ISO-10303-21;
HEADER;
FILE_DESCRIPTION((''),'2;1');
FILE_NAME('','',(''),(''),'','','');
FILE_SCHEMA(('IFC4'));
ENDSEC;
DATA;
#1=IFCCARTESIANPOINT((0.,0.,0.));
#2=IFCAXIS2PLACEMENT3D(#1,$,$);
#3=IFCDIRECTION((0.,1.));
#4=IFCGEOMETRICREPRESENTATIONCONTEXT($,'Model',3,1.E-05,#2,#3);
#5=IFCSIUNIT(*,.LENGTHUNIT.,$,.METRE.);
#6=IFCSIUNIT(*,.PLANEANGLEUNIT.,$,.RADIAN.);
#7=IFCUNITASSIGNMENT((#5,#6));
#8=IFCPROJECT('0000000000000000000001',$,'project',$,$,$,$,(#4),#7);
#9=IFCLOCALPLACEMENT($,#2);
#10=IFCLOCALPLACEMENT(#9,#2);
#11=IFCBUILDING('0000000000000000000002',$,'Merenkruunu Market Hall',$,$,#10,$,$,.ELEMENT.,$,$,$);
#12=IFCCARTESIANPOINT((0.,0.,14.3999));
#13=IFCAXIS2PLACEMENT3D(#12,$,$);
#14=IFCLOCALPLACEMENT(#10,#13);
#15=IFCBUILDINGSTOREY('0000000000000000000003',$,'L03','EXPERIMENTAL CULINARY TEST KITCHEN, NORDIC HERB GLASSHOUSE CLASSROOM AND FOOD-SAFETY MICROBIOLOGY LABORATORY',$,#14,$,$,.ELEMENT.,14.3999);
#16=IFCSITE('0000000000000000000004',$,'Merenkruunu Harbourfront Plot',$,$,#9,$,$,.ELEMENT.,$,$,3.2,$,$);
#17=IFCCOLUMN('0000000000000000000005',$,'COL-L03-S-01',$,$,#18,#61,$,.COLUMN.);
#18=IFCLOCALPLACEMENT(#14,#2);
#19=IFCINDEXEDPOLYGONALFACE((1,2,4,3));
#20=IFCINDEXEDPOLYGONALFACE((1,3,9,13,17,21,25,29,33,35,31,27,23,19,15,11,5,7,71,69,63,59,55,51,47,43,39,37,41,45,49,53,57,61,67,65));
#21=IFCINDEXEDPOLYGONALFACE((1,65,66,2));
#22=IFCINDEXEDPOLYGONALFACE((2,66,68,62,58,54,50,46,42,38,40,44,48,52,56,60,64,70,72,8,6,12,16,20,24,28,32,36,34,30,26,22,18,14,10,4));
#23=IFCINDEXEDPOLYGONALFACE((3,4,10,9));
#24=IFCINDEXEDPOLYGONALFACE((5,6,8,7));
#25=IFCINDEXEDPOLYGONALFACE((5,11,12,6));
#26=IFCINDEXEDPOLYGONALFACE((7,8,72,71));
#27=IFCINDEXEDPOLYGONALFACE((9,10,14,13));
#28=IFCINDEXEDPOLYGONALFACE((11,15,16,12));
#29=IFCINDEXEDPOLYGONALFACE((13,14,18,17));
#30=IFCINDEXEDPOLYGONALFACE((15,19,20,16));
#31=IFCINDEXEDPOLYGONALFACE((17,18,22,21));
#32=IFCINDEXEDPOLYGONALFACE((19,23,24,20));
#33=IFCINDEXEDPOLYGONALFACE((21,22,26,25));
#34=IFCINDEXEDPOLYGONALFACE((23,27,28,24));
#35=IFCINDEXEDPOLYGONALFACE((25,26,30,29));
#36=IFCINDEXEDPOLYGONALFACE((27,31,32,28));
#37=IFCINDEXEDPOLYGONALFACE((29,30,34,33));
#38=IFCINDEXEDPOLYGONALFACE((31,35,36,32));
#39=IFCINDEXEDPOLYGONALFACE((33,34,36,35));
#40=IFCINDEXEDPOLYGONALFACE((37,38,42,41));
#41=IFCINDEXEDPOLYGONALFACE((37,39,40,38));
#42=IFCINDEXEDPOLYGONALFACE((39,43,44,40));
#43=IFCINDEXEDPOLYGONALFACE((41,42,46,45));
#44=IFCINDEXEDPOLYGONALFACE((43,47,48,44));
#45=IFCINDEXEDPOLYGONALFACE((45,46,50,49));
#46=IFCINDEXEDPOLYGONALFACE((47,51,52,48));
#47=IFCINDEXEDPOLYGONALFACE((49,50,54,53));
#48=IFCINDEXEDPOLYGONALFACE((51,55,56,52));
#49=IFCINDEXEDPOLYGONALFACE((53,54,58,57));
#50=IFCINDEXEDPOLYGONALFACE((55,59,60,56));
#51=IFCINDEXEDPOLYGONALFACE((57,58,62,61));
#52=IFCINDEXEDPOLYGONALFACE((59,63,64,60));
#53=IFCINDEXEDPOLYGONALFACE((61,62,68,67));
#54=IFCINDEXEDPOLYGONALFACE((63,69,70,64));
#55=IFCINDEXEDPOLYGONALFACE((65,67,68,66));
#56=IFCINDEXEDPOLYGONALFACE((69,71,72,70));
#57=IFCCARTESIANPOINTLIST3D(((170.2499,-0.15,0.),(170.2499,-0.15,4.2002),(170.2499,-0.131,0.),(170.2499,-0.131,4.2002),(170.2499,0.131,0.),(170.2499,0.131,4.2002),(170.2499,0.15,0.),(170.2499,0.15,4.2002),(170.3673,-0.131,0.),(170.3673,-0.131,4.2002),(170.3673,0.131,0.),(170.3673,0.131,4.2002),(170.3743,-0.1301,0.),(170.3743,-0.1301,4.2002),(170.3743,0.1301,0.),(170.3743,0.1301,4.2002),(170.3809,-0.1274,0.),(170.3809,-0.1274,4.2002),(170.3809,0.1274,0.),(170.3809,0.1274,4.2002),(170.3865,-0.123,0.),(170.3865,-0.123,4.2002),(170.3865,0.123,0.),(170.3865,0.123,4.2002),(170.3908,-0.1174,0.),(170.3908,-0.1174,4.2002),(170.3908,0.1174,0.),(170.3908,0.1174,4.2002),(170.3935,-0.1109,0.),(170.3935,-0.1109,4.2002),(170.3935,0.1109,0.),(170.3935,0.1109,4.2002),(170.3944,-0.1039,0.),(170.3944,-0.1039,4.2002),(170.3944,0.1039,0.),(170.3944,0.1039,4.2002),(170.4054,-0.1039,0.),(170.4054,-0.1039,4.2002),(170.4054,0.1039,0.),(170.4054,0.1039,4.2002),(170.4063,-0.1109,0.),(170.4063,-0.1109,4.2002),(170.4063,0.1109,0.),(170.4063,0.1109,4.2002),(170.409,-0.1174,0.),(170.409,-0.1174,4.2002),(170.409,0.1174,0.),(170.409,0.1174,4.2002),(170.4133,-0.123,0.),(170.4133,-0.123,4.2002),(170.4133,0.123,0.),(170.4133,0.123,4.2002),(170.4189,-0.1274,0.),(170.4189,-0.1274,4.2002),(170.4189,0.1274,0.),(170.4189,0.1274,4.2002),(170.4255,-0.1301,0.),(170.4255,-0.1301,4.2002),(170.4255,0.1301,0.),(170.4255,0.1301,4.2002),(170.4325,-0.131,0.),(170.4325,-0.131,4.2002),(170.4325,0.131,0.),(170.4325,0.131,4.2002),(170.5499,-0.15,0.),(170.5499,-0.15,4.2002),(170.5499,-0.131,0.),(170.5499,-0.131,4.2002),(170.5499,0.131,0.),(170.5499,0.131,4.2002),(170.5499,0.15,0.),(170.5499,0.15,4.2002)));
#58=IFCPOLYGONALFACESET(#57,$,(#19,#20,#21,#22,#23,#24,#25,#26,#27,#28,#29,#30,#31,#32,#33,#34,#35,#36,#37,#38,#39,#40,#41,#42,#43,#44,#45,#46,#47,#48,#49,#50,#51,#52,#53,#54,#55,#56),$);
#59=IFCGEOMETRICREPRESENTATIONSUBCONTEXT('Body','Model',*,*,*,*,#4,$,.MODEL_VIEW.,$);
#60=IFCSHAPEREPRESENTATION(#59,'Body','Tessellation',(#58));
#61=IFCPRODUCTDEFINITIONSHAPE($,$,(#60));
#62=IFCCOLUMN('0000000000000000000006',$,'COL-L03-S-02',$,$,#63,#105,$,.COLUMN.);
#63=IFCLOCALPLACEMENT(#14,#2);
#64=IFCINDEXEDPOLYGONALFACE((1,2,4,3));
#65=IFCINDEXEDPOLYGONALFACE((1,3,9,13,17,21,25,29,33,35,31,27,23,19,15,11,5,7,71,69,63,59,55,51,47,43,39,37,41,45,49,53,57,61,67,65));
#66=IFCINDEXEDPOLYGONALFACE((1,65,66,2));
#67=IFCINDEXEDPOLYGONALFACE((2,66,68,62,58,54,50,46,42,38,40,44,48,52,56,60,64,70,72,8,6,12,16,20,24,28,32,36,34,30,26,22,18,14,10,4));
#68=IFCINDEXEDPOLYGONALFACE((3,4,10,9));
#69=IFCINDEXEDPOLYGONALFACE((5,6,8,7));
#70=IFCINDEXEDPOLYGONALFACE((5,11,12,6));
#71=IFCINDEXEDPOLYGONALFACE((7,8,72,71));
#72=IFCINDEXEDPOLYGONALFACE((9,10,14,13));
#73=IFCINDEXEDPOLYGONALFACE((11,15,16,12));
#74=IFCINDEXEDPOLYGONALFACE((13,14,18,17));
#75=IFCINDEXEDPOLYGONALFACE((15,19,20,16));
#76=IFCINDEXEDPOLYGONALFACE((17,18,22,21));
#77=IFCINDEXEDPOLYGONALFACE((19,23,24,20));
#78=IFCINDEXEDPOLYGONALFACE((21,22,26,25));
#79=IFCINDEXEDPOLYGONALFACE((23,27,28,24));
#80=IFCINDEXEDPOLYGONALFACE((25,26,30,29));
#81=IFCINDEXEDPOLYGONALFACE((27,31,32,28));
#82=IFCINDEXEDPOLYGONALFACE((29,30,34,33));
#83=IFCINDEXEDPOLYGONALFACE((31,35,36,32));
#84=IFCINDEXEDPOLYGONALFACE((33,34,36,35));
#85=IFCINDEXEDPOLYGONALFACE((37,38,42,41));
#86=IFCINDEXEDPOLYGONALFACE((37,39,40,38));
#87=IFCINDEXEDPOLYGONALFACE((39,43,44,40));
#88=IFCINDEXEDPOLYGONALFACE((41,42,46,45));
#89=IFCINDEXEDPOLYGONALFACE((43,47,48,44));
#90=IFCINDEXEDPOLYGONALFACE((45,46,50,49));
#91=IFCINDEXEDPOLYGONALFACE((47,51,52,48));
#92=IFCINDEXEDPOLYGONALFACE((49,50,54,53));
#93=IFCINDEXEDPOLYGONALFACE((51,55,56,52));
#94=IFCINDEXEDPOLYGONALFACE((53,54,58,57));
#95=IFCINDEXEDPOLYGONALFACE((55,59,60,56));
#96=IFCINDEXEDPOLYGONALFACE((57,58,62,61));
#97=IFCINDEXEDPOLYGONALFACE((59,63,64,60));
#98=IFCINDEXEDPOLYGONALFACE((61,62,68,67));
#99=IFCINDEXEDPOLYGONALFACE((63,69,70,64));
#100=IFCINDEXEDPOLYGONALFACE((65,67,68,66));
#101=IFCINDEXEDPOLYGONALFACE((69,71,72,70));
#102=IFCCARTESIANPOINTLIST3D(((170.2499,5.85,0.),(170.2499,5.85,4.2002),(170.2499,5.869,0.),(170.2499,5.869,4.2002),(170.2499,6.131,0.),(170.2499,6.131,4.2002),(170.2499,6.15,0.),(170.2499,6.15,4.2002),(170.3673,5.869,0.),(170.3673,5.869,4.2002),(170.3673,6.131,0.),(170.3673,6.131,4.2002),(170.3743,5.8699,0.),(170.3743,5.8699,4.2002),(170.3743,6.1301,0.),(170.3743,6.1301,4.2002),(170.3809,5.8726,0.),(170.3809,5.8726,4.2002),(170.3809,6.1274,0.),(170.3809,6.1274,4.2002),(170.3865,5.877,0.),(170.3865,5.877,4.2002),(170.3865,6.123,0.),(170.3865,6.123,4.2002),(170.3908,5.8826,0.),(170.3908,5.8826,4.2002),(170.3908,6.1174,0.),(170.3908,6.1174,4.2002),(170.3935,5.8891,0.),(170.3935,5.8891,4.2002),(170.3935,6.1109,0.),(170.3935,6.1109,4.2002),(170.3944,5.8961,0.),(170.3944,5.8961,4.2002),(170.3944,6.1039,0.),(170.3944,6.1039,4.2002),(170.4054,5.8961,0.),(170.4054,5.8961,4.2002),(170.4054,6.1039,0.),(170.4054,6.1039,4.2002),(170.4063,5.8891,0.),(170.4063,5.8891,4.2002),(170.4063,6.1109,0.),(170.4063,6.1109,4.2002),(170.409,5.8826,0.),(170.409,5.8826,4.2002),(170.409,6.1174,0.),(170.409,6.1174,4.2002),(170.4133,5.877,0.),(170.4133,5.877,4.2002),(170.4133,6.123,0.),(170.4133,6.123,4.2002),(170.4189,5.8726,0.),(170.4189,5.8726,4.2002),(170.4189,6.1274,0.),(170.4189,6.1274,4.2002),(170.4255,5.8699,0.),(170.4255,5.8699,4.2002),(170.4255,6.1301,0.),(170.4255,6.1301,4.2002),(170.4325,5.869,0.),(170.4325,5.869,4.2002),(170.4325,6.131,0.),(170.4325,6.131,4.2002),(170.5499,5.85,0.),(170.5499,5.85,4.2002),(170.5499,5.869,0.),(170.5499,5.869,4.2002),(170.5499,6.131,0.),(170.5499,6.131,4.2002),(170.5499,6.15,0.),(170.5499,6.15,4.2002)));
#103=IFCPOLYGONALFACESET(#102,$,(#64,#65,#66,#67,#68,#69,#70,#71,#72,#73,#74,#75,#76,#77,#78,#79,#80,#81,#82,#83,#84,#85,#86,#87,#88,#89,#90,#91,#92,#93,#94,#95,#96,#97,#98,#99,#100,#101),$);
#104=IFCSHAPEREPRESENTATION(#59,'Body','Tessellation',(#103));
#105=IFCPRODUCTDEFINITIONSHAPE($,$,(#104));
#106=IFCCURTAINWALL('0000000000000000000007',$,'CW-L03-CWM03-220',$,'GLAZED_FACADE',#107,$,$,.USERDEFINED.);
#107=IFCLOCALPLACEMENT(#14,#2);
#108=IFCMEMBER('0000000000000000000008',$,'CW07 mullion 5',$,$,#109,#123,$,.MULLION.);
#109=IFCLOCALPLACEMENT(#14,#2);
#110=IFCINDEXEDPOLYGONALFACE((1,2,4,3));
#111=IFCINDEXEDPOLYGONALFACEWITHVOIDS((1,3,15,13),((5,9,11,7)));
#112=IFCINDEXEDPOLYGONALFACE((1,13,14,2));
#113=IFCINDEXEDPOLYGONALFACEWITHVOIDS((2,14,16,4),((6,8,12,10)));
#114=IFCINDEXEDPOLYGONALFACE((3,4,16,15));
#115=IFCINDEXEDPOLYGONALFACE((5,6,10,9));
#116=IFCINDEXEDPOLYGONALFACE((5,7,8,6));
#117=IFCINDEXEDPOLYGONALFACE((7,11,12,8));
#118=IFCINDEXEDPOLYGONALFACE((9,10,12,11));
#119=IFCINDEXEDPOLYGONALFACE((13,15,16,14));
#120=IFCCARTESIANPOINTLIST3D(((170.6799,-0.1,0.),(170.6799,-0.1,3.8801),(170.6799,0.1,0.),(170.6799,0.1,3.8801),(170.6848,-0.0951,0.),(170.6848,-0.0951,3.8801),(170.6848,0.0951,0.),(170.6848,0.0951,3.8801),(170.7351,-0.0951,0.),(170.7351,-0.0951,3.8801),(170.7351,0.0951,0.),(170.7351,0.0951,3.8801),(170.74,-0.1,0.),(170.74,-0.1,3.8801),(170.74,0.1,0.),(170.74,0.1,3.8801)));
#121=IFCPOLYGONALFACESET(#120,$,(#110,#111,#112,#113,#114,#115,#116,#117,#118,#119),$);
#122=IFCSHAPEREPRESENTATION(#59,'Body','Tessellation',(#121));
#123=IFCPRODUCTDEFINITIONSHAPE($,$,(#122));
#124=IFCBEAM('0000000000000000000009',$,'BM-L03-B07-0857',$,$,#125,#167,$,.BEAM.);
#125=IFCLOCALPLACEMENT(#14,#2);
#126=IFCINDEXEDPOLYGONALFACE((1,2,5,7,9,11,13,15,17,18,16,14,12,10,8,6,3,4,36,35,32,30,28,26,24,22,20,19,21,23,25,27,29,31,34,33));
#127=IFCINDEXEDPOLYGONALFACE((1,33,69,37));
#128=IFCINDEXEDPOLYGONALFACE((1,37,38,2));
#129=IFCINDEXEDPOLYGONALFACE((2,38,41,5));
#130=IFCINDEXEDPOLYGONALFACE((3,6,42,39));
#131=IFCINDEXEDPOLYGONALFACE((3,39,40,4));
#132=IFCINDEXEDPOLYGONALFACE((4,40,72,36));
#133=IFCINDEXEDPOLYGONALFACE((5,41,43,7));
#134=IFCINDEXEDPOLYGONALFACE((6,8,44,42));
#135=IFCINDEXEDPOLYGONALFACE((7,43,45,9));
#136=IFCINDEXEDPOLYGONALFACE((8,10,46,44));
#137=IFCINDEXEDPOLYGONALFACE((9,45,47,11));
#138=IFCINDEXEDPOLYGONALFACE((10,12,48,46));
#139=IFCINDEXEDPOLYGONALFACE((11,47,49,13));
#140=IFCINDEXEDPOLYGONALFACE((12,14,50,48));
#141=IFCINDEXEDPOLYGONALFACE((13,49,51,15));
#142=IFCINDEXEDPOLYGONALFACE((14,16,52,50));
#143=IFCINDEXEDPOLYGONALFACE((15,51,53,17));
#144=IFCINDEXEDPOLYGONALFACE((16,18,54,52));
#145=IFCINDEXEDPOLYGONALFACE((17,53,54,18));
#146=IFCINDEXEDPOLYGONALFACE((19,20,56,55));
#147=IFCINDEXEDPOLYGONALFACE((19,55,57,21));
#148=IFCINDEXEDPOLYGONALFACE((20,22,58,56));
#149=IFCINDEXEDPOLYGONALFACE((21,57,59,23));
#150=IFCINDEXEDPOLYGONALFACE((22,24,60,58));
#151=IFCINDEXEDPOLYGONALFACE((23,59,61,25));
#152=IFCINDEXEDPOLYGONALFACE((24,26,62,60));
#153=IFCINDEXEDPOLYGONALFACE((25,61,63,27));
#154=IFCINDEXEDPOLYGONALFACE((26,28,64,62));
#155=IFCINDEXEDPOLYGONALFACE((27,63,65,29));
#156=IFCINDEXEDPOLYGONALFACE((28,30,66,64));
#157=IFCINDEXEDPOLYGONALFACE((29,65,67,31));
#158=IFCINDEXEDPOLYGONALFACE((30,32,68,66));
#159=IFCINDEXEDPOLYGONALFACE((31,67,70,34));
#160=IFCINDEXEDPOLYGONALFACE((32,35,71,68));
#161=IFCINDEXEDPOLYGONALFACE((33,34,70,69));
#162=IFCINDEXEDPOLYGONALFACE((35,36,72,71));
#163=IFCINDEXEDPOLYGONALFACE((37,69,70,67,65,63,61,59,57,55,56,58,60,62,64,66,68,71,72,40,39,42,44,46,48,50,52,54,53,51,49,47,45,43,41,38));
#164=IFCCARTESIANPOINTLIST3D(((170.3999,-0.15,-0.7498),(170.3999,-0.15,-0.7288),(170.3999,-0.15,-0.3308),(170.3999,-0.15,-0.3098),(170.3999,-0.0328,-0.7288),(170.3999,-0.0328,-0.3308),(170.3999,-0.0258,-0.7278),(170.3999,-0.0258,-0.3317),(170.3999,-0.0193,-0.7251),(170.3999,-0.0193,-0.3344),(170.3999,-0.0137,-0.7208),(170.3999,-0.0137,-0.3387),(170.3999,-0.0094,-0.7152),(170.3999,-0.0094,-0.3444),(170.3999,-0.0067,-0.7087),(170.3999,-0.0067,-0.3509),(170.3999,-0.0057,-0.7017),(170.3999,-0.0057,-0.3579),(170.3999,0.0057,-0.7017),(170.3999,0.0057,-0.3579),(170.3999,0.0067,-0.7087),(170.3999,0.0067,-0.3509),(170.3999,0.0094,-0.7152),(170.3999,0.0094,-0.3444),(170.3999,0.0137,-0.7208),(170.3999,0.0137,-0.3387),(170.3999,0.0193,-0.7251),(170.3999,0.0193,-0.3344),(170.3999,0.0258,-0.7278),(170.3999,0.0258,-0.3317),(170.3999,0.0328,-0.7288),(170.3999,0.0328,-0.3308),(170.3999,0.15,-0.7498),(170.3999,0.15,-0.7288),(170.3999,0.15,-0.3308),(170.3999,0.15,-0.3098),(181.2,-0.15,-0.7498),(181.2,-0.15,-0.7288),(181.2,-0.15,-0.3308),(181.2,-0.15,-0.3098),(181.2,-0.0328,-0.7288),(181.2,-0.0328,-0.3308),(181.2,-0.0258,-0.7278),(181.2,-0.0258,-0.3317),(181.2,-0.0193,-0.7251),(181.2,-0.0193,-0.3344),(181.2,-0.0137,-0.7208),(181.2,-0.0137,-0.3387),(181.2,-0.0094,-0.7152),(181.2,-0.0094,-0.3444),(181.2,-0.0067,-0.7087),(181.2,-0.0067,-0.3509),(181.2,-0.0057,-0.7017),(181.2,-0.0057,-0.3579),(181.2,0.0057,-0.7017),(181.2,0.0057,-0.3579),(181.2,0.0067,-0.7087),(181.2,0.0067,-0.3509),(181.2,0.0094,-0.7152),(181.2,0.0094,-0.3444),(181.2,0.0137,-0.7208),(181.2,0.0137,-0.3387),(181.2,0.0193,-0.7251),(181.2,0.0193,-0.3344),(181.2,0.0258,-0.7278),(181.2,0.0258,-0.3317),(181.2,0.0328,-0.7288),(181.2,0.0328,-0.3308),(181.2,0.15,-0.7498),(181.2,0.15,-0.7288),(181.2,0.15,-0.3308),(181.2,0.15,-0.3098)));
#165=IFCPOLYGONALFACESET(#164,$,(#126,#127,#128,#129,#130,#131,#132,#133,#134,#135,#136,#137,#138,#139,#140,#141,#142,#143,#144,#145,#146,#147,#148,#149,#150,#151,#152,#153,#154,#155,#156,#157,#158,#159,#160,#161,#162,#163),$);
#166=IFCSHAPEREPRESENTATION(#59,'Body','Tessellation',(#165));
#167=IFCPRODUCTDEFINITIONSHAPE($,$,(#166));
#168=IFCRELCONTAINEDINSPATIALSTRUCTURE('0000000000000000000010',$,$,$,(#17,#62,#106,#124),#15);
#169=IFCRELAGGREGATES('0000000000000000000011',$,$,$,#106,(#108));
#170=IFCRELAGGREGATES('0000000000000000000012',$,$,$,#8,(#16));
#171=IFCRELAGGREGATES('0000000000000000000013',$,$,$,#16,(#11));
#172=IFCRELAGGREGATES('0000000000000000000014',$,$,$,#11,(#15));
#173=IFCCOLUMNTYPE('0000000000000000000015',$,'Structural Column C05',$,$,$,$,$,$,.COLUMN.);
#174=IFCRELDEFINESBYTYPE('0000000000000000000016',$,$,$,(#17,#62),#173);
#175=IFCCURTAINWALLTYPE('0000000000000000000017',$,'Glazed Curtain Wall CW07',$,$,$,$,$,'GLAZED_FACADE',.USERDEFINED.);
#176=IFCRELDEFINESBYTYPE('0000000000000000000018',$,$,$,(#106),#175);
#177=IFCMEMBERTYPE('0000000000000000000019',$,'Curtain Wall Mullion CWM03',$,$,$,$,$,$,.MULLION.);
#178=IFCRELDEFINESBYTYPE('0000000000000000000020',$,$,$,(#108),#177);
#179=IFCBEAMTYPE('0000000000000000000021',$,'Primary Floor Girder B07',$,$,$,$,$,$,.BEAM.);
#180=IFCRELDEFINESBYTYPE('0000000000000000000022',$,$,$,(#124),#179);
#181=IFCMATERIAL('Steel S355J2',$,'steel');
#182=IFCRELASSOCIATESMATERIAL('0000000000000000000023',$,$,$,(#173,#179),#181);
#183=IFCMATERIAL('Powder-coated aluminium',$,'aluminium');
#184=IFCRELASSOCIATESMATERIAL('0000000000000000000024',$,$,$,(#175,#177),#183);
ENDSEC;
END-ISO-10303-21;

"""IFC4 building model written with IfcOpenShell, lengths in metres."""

from ifc_helpers import new_model, si_unit, direction, frame, origin, origin_2d, place, context, subcontext, project, spatial, hollow_rectangle, i_section, extrude, material, material_profile, profile_set, type_object, element, aggregate, save


model = new_model("IFC4")

# Units and contexts
model_context = context("Model", 3, precision=1e-05, world=origin(), true_north=direction((0.0, 1.0)))
body_context = subcontext(model_context, "Body", "Model", "MODEL_VIEW")
ifc_project = project(units=[si_unit("LENGTHUNIT", "METRE"), si_unit("PLANEANGLEUNIT", "RADIAN")], contexts=[model_context])

# Site, building, storey
site_placement = place(None, origin())
site = spatial("IfcSite", under=ifc_project, at=site_placement, Name="Merenkruunu Harbourfront Plot", CompositionType="ELEMENT", RefElevation=3.2)
building_placement = place(site_placement, origin())
building = spatial("IfcBuilding", under=site, at=building_placement, Name="Merenkruunu Market Hall", CompositionType="ELEMENT")
storey_placement = place(building_placement, frame((0.0, 0.0, 14.3999)))
storey = spatial("IfcBuildingStorey", under=building, at=storey_placement, Name="L03", Description="EXPERIMENTAL CULINARY TEST KITCHEN, NORDIC HERB GLASSHOUSE CLASSROOM AND FOOD-SAFETY MICROBIOLOGY LABORATORY", CompositionType="ELEMENT", Elevation=14.3999)

# Columns
ifc_material_1 = material(Name="Steel S355J2", Category="steel")
ifc_material_profile_1 = material_profile(ifc_material_1, i_section(OverallWidth=0.3, OverallDepth=0.3, WebThickness=0.011, FlangeThickness=0.019, FilletRadius=0.0271, at=origin_2d()), Name="HEB 300")
ifc_profile_set_1 = profile_set([ifc_material_profile_1], Name="Steel S355J2")
column_type = type_object("IfcColumnType", Name="Structural Column C05", PredefinedType="COLUMN", material=ifc_profile_set_1)
for number, where, z_axis, x_axis, name in (
    (1, (170.3999, 0.0, 0.0), (0.0, 0.0, 1.0), (1.0, 0.0, 0.0), "COL-L03-S-01"),
    (2, (170.3999, 6.0, 0.0), (0.0, 0.0, 1.0), (1.0, 0.0, 0.0), "COL-L03-S-02"),
):
    element("IfcColumn", number, at=place(storey_placement, frame(where, z_axis=z_axis, x_axis=x_axis)), inside=storey, type_object=column_type, Name=name, PredefinedType="COLUMN", context=body_context, shape_type="SweptSolid", body=[
        extrude(i_section(OverallWidth=0.3, OverallDepth=0.3, WebThickness=0.011, FlangeThickness=0.019, FilletRadius=0.0271, at=origin_2d()), origin(), (0.0, 0.0, 1.0), 4.2002),
    ])

# Curtain wall, member
ifc_material_2 = material(Name="Powder-coated aluminium", Category="aluminium")
curtain_wall_type = type_object("IfcCurtainWallType", Name="Glazed Curtain Wall CW07", ElementType="GLAZED_FACADE", PredefinedType="USERDEFINED", material=ifc_material_2)
curtain_wall_placement = place(storey_placement, origin())
curtain_wall = element("IfcCurtainWall", 3, at=curtain_wall_placement, inside=storey, type_object=curtain_wall_type, Name="CW-L03-CWM03-220", ObjectType="GLAZED_FACADE", PredefinedType="USERDEFINED")
ifc_material_profile_2 = material_profile(ifc_material_2, hollow_rectangle(XDim=0.0601, YDim=0.2, WallThickness=0.0049, at=origin_2d()), Name="ALU 60x200x5")
ifc_profile_set_2 = profile_set([ifc_material_profile_2], Name="Powder-coated aluminium")
member_type = type_object("IfcMemberType", Name="Curtain Wall Mullion CWM03", PredefinedType="MULLION", material=ifc_profile_set_2)
member_placement = place(storey_placement, frame((170.71, 0.0, 0.0), z_axis=(0.0, 0.0, 1.0), x_axis=(-1.0, 0.0, 0.0)))
member = element("IfcMember", 4, at=member_placement, type_object=member_type, Name="CW07 mullion 5", PredefinedType="MULLION", context=body_context, shape_type="SweptSolid", body=[
    extrude(hollow_rectangle(XDim=0.0601, YDim=0.2, WallThickness=0.0049, at=origin_2d()), origin(), (0.0, 0.0, 1.0), 3.8801),
])

# Beam
ifc_material_profile_3 = material_profile(ifc_material_1, i_section(OverallWidth=0.3, OverallDepth=0.4399, WebThickness=0.0115, FlangeThickness=0.021, FilletRadius=0.0271, at=origin_2d()), Name="HEA 450")
ifc_profile_set_3 = profile_set([ifc_material_profile_3], Name="Steel S355J2")
beam_type_1 = type_object("IfcBeamType", Name="Primary Floor Girder B07", PredefinedType="BEAM", material=ifc_profile_set_3)
for number, where, z_axis, x_axis, name in (
    (5, (170.3999, 0.0, -0.5298), (1.0, 0.0, 0.0), (0.0, 1.0, 0.0), "BM-L03-B07-0857"),
):
    element("IfcBeam", number, at=place(storey_placement, frame(where, z_axis=z_axis, x_axis=x_axis)), inside=storey, type_object=beam_type_1, Name=name, PredefinedType="BEAM", context=body_context, shape_type="SweptSolid", body=[
        extrude(i_section(OverallWidth=0.3, OverallDepth=0.4399, WebThickness=0.0115, FlangeThickness=0.021, FilletRadius=0.0271, at=origin_2d()), origin(), (0.0, 0.0, 1.0), 10.8),
    ])

aggregate(curtain_wall, [member])

save(model, "model.ifc")
